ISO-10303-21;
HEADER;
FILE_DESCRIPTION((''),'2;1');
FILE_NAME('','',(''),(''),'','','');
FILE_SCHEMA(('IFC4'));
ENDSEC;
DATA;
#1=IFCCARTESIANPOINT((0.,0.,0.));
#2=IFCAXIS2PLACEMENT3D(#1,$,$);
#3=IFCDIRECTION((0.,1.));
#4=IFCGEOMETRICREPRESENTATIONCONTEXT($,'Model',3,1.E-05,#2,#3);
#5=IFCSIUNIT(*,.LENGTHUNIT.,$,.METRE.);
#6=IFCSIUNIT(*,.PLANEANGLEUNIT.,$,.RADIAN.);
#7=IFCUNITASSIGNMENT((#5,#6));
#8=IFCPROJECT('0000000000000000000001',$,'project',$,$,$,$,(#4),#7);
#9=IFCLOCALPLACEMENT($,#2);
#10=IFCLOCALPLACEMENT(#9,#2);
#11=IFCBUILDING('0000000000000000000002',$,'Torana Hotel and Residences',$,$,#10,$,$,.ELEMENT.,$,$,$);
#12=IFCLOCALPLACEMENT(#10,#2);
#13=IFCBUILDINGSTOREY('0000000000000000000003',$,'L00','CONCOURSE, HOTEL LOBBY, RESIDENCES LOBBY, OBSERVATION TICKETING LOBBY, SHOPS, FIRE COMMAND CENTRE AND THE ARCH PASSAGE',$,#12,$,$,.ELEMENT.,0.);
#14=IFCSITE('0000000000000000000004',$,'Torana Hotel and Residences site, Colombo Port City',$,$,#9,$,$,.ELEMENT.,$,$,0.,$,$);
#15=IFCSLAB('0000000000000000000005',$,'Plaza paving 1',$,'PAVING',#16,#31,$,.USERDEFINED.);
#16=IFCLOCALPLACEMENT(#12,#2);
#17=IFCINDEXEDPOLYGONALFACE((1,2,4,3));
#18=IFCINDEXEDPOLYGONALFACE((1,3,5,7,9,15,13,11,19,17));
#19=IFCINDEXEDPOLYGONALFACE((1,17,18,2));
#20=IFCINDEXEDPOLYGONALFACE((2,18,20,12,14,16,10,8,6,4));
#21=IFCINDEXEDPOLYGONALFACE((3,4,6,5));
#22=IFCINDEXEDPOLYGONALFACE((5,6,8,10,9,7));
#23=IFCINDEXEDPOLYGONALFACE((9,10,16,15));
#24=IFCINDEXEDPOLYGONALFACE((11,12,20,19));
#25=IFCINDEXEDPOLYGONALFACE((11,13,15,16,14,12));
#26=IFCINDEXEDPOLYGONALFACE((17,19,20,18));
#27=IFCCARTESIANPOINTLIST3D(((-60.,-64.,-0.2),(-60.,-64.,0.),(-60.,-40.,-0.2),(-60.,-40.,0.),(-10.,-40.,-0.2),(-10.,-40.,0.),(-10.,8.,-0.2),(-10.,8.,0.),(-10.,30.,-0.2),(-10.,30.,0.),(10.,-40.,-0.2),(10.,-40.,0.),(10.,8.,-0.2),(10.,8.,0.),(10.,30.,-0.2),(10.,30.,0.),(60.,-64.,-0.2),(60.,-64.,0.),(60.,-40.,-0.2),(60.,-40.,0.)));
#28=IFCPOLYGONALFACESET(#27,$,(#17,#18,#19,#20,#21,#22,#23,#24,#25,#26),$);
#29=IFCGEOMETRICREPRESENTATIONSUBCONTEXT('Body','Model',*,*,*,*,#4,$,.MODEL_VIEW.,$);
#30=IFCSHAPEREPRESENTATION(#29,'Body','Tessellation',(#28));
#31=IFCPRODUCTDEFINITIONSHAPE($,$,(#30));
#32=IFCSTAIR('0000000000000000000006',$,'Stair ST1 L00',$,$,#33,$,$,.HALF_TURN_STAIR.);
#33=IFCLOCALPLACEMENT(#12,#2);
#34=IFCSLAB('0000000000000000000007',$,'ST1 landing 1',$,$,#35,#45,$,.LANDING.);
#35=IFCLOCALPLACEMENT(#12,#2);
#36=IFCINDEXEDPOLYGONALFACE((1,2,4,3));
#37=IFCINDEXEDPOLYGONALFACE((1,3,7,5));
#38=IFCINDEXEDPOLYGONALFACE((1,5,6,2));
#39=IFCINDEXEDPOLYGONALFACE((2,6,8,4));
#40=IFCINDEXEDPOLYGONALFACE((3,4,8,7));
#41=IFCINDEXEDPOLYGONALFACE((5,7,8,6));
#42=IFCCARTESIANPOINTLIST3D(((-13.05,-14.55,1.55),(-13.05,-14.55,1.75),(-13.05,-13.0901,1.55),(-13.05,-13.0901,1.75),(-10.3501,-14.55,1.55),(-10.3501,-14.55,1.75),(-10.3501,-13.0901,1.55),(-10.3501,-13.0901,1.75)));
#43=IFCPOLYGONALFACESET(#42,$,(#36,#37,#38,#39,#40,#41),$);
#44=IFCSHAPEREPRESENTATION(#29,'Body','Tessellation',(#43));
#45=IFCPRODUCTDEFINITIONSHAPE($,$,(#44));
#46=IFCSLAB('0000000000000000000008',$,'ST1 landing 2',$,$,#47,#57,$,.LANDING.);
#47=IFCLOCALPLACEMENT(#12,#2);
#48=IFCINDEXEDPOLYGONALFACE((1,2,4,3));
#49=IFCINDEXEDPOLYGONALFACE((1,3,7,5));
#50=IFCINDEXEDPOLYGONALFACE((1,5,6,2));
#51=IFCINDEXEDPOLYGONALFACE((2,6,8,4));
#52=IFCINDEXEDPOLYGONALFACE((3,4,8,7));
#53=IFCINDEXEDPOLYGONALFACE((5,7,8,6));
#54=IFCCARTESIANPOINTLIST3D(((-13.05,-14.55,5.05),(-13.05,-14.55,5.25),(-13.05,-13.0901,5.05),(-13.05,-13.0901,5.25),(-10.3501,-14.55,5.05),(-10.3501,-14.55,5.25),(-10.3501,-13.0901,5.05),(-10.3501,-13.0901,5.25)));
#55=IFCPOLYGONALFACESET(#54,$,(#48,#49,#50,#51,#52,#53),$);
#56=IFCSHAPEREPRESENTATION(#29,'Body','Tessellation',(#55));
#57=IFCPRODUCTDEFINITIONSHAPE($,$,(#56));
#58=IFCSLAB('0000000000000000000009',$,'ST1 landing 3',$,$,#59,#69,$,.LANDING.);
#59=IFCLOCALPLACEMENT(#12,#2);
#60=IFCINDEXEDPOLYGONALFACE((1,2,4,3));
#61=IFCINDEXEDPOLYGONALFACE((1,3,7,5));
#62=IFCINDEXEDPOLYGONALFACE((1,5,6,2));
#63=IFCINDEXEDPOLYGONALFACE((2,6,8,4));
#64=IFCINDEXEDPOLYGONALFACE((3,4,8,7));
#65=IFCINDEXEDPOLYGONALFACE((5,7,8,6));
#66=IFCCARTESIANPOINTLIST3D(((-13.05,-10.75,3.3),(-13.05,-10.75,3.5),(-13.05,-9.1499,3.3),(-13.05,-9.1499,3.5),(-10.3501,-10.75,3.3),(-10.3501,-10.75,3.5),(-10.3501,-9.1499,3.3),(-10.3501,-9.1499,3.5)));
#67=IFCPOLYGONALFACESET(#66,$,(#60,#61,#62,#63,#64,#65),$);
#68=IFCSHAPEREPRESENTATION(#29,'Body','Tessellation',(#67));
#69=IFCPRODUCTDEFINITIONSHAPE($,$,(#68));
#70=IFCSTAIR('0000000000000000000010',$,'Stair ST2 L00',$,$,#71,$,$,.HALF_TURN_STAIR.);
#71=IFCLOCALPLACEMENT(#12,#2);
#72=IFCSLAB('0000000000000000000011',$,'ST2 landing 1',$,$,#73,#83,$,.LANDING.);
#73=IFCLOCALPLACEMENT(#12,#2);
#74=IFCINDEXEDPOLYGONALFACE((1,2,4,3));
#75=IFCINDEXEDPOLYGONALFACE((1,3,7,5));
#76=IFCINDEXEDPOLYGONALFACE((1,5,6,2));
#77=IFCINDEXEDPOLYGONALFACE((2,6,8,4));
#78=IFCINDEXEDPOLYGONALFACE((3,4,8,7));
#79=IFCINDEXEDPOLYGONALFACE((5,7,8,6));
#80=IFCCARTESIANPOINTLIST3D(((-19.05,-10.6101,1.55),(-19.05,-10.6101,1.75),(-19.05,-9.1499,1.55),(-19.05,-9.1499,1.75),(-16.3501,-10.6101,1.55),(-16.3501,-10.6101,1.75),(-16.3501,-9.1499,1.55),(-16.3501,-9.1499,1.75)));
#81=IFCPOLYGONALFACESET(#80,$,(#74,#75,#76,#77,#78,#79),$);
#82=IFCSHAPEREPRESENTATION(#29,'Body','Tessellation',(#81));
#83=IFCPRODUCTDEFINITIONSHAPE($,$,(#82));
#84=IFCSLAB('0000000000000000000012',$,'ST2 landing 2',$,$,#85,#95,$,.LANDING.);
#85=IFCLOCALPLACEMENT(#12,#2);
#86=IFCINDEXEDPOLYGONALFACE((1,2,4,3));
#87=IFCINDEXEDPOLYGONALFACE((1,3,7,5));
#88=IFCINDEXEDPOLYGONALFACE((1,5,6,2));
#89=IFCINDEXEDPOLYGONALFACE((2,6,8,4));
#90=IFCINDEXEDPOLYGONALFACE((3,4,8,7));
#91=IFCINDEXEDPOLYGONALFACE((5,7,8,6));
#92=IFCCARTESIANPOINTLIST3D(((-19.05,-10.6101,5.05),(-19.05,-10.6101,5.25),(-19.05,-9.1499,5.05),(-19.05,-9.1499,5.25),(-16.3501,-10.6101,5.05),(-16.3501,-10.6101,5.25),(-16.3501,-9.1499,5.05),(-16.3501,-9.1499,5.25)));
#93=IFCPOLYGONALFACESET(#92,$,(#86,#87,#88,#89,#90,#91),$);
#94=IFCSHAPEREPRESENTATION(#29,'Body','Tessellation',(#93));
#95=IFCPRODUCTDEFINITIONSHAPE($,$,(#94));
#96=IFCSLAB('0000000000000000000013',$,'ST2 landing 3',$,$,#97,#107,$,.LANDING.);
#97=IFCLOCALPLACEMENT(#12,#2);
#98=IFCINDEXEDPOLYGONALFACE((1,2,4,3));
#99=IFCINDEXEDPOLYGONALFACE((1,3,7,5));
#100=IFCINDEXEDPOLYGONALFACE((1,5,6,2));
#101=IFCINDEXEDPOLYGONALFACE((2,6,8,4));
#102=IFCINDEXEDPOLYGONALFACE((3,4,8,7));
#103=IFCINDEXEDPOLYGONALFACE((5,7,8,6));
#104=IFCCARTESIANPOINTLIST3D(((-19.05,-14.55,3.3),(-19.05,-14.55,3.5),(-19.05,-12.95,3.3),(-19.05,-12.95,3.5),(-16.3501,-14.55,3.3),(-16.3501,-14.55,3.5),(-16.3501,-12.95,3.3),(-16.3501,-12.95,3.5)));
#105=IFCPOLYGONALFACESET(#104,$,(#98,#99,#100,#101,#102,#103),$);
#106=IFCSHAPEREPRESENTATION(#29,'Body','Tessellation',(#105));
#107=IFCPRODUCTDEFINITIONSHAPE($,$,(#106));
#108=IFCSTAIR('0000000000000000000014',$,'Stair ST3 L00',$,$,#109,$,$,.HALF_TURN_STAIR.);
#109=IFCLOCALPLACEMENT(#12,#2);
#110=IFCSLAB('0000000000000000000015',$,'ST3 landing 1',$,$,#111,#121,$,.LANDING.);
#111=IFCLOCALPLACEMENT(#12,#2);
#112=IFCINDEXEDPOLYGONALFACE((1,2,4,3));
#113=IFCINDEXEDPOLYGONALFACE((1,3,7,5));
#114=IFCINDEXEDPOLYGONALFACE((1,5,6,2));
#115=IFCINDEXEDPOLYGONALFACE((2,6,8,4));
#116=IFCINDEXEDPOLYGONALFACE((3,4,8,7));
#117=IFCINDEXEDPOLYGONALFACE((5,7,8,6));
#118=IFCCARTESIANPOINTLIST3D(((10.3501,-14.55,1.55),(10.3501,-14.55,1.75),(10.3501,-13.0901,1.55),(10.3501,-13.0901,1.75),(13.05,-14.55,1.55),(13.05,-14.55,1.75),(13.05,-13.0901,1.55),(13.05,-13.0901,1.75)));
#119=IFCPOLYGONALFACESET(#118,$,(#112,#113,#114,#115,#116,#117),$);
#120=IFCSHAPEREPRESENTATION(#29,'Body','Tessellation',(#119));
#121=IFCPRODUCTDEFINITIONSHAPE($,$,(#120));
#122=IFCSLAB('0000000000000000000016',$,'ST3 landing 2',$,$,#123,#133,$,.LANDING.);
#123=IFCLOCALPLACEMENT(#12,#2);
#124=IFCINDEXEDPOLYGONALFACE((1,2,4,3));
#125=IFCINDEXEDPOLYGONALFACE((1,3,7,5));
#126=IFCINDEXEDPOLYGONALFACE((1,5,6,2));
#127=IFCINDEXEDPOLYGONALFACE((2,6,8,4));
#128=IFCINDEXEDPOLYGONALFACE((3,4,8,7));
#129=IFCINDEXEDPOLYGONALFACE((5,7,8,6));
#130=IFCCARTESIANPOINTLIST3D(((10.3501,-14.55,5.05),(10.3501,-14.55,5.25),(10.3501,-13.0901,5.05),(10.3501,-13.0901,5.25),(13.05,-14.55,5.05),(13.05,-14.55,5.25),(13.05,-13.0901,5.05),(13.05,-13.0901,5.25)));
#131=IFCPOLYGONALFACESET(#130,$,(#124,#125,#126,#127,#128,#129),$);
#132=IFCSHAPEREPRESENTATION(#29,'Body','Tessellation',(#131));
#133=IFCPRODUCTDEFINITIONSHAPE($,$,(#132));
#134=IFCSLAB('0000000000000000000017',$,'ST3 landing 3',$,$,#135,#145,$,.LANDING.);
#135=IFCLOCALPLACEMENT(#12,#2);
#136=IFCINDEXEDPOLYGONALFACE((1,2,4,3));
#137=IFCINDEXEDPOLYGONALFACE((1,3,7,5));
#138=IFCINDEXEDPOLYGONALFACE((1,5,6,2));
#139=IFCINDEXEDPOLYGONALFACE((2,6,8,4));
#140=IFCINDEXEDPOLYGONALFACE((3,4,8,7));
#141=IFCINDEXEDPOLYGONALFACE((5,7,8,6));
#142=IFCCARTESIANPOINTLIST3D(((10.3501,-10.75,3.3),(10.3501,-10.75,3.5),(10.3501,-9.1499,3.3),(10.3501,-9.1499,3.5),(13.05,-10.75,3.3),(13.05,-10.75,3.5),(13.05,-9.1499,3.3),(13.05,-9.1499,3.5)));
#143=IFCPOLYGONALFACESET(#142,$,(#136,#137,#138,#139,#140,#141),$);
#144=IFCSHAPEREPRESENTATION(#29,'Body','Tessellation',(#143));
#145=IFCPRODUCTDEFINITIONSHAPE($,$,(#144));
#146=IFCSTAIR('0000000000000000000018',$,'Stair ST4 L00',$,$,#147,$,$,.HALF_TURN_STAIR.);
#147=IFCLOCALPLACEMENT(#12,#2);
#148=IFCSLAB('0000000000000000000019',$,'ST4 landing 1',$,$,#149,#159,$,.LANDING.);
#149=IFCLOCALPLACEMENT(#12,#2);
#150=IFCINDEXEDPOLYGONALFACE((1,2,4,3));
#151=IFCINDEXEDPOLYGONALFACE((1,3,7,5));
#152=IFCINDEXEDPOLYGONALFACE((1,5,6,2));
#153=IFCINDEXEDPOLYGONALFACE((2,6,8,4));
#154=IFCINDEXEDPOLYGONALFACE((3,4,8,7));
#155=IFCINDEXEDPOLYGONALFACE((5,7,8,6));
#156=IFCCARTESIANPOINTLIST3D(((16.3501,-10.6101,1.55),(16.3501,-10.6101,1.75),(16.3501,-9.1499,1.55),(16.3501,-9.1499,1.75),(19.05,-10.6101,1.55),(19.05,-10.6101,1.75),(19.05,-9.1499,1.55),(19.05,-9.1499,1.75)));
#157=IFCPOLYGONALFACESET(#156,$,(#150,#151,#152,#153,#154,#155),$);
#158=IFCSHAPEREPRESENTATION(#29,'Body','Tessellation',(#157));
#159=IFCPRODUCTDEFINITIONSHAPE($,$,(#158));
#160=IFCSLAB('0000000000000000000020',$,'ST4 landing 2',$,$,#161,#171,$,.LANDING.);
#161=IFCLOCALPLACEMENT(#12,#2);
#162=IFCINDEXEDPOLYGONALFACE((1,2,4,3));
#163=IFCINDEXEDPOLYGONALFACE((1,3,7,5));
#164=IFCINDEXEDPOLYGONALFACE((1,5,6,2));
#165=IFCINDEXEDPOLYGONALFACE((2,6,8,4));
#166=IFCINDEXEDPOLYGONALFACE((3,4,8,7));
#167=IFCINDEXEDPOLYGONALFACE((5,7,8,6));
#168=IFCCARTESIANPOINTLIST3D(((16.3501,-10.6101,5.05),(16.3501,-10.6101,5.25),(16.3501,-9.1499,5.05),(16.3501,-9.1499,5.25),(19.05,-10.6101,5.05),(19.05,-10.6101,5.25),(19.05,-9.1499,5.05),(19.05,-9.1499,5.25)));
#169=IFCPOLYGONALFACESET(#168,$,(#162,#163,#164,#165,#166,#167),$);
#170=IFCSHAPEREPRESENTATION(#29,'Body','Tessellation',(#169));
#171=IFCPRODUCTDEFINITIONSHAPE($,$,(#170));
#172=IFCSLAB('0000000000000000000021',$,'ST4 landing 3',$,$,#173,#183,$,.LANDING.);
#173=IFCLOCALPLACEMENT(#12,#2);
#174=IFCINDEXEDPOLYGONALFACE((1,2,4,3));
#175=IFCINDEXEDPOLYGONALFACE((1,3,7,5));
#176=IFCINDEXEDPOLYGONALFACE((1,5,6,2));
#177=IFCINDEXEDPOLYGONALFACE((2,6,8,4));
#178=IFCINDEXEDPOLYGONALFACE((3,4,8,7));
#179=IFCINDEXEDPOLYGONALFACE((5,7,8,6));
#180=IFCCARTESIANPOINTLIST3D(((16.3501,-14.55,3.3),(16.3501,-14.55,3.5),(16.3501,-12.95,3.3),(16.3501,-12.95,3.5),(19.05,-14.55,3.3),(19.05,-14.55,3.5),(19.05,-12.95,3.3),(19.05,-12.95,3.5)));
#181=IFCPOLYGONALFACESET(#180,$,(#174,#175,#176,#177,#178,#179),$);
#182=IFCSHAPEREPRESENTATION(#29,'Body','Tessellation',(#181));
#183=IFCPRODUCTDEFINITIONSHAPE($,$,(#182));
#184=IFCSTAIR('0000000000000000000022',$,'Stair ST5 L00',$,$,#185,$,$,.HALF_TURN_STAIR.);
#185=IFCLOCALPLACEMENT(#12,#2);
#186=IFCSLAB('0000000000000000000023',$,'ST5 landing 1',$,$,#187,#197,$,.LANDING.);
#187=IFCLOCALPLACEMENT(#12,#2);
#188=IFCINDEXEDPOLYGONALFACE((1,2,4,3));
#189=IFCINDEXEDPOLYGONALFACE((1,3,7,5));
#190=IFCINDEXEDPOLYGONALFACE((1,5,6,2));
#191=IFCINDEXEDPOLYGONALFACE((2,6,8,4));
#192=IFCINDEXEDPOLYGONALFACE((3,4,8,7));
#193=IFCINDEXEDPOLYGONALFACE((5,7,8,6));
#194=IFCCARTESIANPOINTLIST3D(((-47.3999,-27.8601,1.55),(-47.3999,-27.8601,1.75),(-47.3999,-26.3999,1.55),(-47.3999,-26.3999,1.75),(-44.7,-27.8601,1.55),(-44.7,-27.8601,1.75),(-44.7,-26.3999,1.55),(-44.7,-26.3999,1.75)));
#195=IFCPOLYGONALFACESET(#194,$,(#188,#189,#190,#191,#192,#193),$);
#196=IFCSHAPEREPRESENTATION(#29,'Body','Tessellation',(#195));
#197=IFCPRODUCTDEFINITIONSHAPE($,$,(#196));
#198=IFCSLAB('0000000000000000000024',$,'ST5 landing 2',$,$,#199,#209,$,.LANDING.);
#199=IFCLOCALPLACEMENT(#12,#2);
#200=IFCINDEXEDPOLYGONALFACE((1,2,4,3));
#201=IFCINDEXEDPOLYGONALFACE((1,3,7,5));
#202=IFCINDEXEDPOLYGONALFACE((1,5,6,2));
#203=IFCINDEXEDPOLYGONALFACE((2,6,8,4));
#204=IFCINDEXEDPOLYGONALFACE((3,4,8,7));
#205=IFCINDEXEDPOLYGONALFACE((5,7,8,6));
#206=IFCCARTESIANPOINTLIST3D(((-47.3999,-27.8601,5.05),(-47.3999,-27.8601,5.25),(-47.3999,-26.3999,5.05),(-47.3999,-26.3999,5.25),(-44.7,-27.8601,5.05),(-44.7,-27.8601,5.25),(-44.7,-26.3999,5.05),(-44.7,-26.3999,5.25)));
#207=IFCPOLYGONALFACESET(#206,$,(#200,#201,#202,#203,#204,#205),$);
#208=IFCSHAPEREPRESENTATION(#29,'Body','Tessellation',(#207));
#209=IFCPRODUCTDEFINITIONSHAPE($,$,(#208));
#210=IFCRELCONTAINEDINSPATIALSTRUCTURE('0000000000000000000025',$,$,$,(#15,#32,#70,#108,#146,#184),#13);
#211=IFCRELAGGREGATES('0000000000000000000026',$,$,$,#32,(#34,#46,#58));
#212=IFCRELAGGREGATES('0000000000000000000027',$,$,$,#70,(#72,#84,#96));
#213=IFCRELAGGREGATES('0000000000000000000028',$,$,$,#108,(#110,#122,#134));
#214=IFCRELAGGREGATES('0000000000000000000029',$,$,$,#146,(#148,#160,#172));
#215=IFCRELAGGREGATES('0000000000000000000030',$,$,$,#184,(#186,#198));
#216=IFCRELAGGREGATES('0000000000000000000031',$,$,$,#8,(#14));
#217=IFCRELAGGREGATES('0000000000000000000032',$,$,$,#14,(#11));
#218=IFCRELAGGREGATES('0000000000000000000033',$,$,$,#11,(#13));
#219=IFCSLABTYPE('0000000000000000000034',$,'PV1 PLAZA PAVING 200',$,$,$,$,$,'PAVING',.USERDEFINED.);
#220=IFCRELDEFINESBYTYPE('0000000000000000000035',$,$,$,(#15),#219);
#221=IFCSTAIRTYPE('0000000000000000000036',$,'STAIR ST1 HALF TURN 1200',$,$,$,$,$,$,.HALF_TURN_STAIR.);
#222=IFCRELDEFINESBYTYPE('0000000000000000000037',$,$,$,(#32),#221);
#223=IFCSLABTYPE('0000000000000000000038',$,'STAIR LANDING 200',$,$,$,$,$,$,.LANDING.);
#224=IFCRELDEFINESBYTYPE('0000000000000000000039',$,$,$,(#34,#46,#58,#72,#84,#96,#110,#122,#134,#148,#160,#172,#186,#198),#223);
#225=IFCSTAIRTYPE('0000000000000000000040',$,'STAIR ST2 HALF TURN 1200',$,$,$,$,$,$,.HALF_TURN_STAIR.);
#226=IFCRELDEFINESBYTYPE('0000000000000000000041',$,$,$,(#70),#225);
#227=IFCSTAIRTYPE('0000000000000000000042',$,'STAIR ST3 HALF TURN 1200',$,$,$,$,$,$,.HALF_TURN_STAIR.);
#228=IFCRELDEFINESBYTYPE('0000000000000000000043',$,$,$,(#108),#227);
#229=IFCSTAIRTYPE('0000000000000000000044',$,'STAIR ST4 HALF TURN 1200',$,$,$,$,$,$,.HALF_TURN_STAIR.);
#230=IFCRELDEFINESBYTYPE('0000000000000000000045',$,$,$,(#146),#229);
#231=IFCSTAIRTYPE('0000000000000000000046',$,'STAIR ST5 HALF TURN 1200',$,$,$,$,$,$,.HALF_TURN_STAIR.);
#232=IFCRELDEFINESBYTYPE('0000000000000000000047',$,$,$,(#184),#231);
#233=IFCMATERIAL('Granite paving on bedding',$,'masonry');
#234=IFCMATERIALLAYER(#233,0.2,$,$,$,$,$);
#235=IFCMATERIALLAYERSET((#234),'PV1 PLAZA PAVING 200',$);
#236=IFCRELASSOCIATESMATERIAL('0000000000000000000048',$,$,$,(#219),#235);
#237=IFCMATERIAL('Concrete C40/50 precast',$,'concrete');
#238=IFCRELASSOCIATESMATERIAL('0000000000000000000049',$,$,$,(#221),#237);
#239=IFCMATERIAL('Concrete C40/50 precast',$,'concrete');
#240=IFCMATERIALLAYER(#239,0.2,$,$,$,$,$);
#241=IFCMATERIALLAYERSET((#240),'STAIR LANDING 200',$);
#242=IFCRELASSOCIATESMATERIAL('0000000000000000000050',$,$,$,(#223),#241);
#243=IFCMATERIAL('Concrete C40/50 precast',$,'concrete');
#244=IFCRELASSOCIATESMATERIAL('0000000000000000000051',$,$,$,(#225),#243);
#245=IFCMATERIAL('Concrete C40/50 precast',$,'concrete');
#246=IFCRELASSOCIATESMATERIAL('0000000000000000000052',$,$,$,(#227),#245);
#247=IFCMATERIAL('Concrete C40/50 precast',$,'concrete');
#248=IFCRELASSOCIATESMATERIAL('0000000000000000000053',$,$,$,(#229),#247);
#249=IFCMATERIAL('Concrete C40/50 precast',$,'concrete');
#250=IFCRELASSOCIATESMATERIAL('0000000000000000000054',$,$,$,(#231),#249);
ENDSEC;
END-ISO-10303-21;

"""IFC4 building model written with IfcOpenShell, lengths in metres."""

from ifc_helpers import new_model, si_unit, direction, frame, origin, place, context, subcontext, project, spatial, polyline, outline, extrude, material, layer, layer_set, type_object, element, aggregate, save


model = new_model("IFC4")

# Units and contexts
model_context = context("Model", 3, precision=1e-05, world=origin(), true_north=direction((0.0, 1.0)))
body_context = subcontext(model_context, "Body", "Model", "MODEL_VIEW")
ifc_project = project(units=[si_unit("LENGTHUNIT", "METRE"), si_unit("PLANEANGLEUNIT", "RADIAN")], contexts=[model_context])

# Site, building, storey
site_placement = place(None, origin())
site = spatial("IfcSite", under=ifc_project, at=site_placement, Name="Torana Hotel and Residences site, Colombo Port City", CompositionType="ELEMENT", RefElevation=0.0)
building_placement = place(site_placement, origin())
building = spatial("IfcBuilding", under=site, at=building_placement, Name="Torana Hotel and Residences", CompositionType="ELEMENT")
storey_placement = place(building_placement, origin())
storey = spatial("IfcBuildingStorey", under=building, at=storey_placement, Name="L00", Description="CONCOURSE, HOTEL LOBBY, RESIDENCES LOBBY, OBSERVATION TICKETING LOBBY, SHOPS, FIRE COMMAND CENTRE AND THE ARCH PASSAGE", CompositionType="ELEMENT", Elevation=0.0)

# Slab
ifc_material_1 = material(Name="Granite paving on bedding", Category="masonry")
ifc_layer_1 = layer(ifc_material_1, 0.2)
ifc_layer_set_1 = layer_set([ifc_layer_1], Name="PV1 PLAZA PAVING 200")
slab_type_1 = type_object("IfcSlabType", Name="PV1 PLAZA PAVING 200", ElementType="PAVING", PredefinedType="USERDEFINED", material=ifc_layer_set_1)
slab_1_placement = place(storey_placement, frame((0.0, 0.0, -0.2)))
element("IfcSlab", 1, at=slab_1_placement, inside=storey, type_object=slab_type_1, Name="Plaza paving 1", ObjectType="PAVING", PredefinedType="USERDEFINED", context=body_context, shape_type="SweptSolid", body=[
    extrude(outline(polyline([(60.0, -40.0), (60.0, -64.0), (-60.0, -64.0), (-60.0, -40.0), (-10.0, -40.0), (-10.0, 8.0), (-10.0, 30.0), (10.0, 30.0), (10.0, 8.0), (10.0, -40.0), (60.0, -40.0)])), origin(), (0.0, 0.0, 1.0), 0.2),
])

# Stairs, slabs
ifc_material_2 = material(Name="Concrete C40/50 precast", Category="concrete")
stair_type_1 = type_object("IfcStairType", Name="STAIR ST1 HALF TURN 1200", PredefinedType="HALF_TURN_STAIR", material=ifc_material_2)
stair_1_placement = place(storey_placement, origin())
stair_1 = element("IfcStair", 2, at=stair_1_placement, inside=storey, type_object=stair_type_1, Name="Stair ST1 L00", PredefinedType="HALF_TURN_STAIR")
ifc_material_3 = material(Name="Concrete C40/50 precast", Category="concrete")
ifc_layer_2 = layer(ifc_material_3, 0.2)
ifc_layer_set_2 = layer_set([ifc_layer_2], Name="STAIR LANDING 200")
slab_type_2 = type_object("IfcSlabType", Name="STAIR LANDING 200", PredefinedType="LANDING", material=ifc_layer_set_2)
slab_2_placement = place(storey_placement, frame((0.0, 0.0, 1.55)))
slab_2 = element("IfcSlab", 3, at=slab_2_placement, type_object=slab_type_2, Name="ST1 landing 1", PredefinedType="LANDING", context=body_context, shape_type="SweptSolid", body=[
    extrude(outline(polyline([(-13.05, -14.55), (-10.3501, -14.55), (-10.3501, -13.0901), (-13.05, -13.0901), (-13.05, -14.55)])), origin(), (0.0, 0.0, 1.0), 0.2),
])
slab_3_placement = place(storey_placement, frame((0.0, 0.0, 5.05)))
slab_3 = element("IfcSlab", 4, at=slab_3_placement, type_object=slab_type_2, Name="ST1 landing 2", PredefinedType="LANDING", context=body_context, shape_type="SweptSolid", body=[
    extrude(outline(polyline([(-13.05, -14.55), (-10.3501, -14.55), (-10.3501, -13.0901), (-13.05, -13.0901), (-13.05, -14.55)])), origin(), (0.0, 0.0, 1.0), 0.2),
])
slab_4_placement = place(storey_placement, frame((0.0, 0.0, 3.3)))
slab_4 = element("IfcSlab", 5, at=slab_4_placement, type_object=slab_type_2, Name="ST1 landing 3", PredefinedType="LANDING", context=body_context, shape_type="SweptSolid", body=[
    extrude(outline(polyline([(-13.05, -10.75), (-10.3501, -10.75), (-10.3501, -9.1499), (-13.05, -9.1499), (-13.05, -10.75)])), origin(), (0.0, 0.0, 1.0), 0.2),
])
aggregate(stair_1, [slab_2, slab_3, slab_4])
ifc_material_4 = material(Name="Concrete C40/50 precast", Category="concrete")
stair_type_2 = type_object("IfcStairType", Name="STAIR ST2 HALF TURN 1200", PredefinedType="HALF_TURN_STAIR", material=ifc_material_4)
stair_2_placement = place(storey_placement, origin())
stair_2 = element("IfcStair", 6, at=stair_2_placement, inside=storey, type_object=stair_type_2, Name="Stair ST2 L00", PredefinedType="HALF_TURN_STAIR")
slab_5_placement = place(storey_placement, frame((0.0, 0.0, 1.55)))
slab_5 = element("IfcSlab", 7, at=slab_5_placement, type_object=slab_type_2, Name="ST2 landing 1", PredefinedType="LANDING", context=body_context, shape_type="SweptSolid", body=[
    extrude(outline(polyline([(-19.05, -10.6101), (-16.3501, -10.6101), (-16.3501, -9.1499), (-19.05, -9.1499), (-19.05, -10.6101)])), origin(), (0.0, 0.0, 1.0), 0.2),
])
slab_6_placement = place(storey_placement, frame((0.0, 0.0, 5.05)))
slab_6 = element("IfcSlab", 8, at=slab_6_placement, type_object=slab_type_2, Name="ST2 landing 2", PredefinedType="LANDING", context=body_context, shape_type="SweptSolid", body=[
    extrude(outline(polyline([(-19.05, -10.6101), (-16.3501, -10.6101), (-16.3501, -9.1499), (-19.05, -9.1499), (-19.05, -10.6101)])), origin(), (0.0, 0.0, 1.0), 0.2),
])
slab_7_placement = place(storey_placement, frame((0.0, 0.0, 3.3)))
slab_7 = element("IfcSlab", 9, at=slab_7_placement, type_object=slab_type_2, Name="ST2 landing 3", PredefinedType="LANDING", context=body_context, shape_type="SweptSolid", body=[
    extrude(outline(polyline([(-19.05, -14.55), (-16.3501, -14.55), (-16.3501, -12.95), (-19.05, -12.95), (-19.05, -14.55)])), origin(), (0.0, 0.0, 1.0), 0.2),
])
aggregate(stair_2, [slab_5, slab_6, slab_7])
ifc_material_5 = material(Name="Concrete C40/50 precast", Category="concrete")
stair_type_3 = type_object("IfcStairType", Name="STAIR ST3 HALF TURN 1200", PredefinedType="HALF_TURN_STAIR", material=ifc_material_5)
stair_3_placement = place(storey_placement, origin())
stair_3 = element("IfcStair", 10, at=stair_3_placement, inside=storey, type_object=stair_type_3, Name="Stair ST3 L00", PredefinedType="HALF_TURN_STAIR")
slab_8_placement = place(storey_placement, frame((0.0, 0.0, 1.55)))
slab_8 = element("IfcSlab", 11, at=slab_8_placement, type_object=slab_type_2, Name="ST3 landing 1", PredefinedType="LANDING", context=body_context, shape_type="SweptSolid", body=[
    extrude(outline(polyline([(10.3501, -14.55), (13.05, -14.55), (13.05, -13.0901), (10.3501, -13.0901), (10.3501, -14.55)])), origin(), (0.0, 0.0, 1.0), 0.2),
])
slab_9_placement = place(storey_placement, frame((0.0, 0.0, 5.05)))
slab_9 = element("IfcSlab", 12, at=slab_9_placement, type_object=slab_type_2, Name="ST3 landing 2", PredefinedType="LANDING", context=body_context, shape_type="SweptSolid", body=[
    extrude(outline(polyline([(10.3501, -14.55), (13.05, -14.55), (13.05, -13.0901), (10.3501, -13.0901), (10.3501, -14.55)])), origin(), (0.0, 0.0, 1.0), 0.2),
])
slab_10_placement = place(storey_placement, frame((0.0, 0.0, 3.3)))
slab_10 = element("IfcSlab", 13, at=slab_10_placement, type_object=slab_type_2, Name="ST3 landing 3", PredefinedType="LANDING", context=body_context, shape_type="SweptSolid", body=[
    extrude(outline(polyline([(10.3501, -10.75), (13.05, -10.75), (13.05, -9.1499), (10.3501, -9.1499), (10.3501, -10.75)])), origin(), (0.0, 0.0, 1.0), 0.2),
])
aggregate(stair_3, [slab_8, slab_9, slab_10])
ifc_material_6 = material(Name="Concrete C40/50 precast", Category="concrete")
stair_type_4 = type_object("IfcStairType", Name="STAIR ST4 HALF TURN 1200", PredefinedType="HALF_TURN_STAIR", material=ifc_material_6)
stair_4_placement = place(storey_placement, origin())
stair_4 = element("IfcStair", 14, at=stair_4_placement, inside=storey, type_object=stair_type_4, Name="Stair ST4 L00", PredefinedType="HALF_TURN_STAIR")
slab_11_placement = place(storey_placement, frame((0.0, 0.0, 1.55)))
slab_11 = element("IfcSlab", 15, at=slab_11_placement, type_object=slab_type_2, Name="ST4 landing 1", PredefinedType="LANDING", context=body_context, shape_type="SweptSolid", body=[
    extrude(outline(polyline([(16.3501, -10.6101), (19.05, -10.6101), (19.05, -9.1499), (16.3501, -9.1499), (16.3501, -10.6101)])), origin(), (0.0, 0.0, 1.0), 0.2),
])
slab_12_placement = place(storey_placement, frame((0.0, 0.0, 5.05)))
slab_12 = element("IfcSlab", 16, at=slab_12_placement, type_object=slab_type_2, Name="ST4 landing 2", PredefinedType="LANDING", context=body_context, shape_type="SweptSolid", body=[
    extrude(outline(polyline([(16.3501, -10.6101), (19.05, -10.6101), (19.05, -9.1499), (16.3501, -9.1499), (16.3501, -10.6101)])), origin(), (0.0, 0.0, 1.0), 0.2),
])
slab_13_placement = place(storey_placement, frame((0.0, 0.0, 3.3)))
slab_13 = element("IfcSlab", 17, at=slab_13_placement, type_object=slab_type_2, Name="ST4 landing 3", PredefinedType="LANDING", context=body_context, shape_type="SweptSolid", body=[
    extrude(outline(polyline([(16.3501, -14.55), (19.05, -14.55), (19.05, -12.95), (16.3501, -12.95), (16.3501, -14.55)])), origin(), (0.0, 0.0, 1.0), 0.2),
])
aggregate(stair_4, [slab_11, slab_12, slab_13])
ifc_material_7 = material(Name="Concrete C40/50 precast", Category="concrete")
stair_type_5 = type_object("IfcStairType", Name="STAIR ST5 HALF TURN 1200", PredefinedType="HALF_TURN_STAIR", material=ifc_material_7)
stair_5_placement = place(storey_placement, origin())
stair_5 = element("IfcStair", 18, at=stair_5_placement, inside=storey, type_object=stair_type_5, Name="Stair ST5 L00", PredefinedType="HALF_TURN_STAIR")
slab_14_placement = place(storey_placement, frame((0.0, 0.0, 1.55)))
slab_14 = element("IfcSlab", 19, at=slab_14_placement, type_object=slab_type_2, Name="ST5 landing 1", PredefinedType="LANDING", context=body_context, shape_type="SweptSolid", body=[
    extrude(outline(polyline([(-47.3999, -27.8601), (-44.7, -27.8601), (-44.7, -26.3999), (-47.3999, -26.3999), (-47.3999, -27.8601)])), origin(), (0.0, 0.0, 1.0), 0.2),
])
slab_15_placement = place(storey_placement, frame((0.0, 0.0, 5.05)))
slab_15 = element("IfcSlab", 20, at=slab_15_placement, type_object=slab_type_2, Name="ST5 landing 2", PredefinedType="LANDING", context=body_context, shape_type="SweptSolid", body=[
    extrude(outline(polyline([(-47.3999, -27.8601), (-44.7, -27.8601), (-44.7, -26.3999), (-47.3999, -26.3999), (-47.3999, -27.8601)])), origin(), (0.0, 0.0, 1.0), 0.2),
])
aggregate(stair_5, [slab_14, slab_15])

save(model, "model.ifc")
